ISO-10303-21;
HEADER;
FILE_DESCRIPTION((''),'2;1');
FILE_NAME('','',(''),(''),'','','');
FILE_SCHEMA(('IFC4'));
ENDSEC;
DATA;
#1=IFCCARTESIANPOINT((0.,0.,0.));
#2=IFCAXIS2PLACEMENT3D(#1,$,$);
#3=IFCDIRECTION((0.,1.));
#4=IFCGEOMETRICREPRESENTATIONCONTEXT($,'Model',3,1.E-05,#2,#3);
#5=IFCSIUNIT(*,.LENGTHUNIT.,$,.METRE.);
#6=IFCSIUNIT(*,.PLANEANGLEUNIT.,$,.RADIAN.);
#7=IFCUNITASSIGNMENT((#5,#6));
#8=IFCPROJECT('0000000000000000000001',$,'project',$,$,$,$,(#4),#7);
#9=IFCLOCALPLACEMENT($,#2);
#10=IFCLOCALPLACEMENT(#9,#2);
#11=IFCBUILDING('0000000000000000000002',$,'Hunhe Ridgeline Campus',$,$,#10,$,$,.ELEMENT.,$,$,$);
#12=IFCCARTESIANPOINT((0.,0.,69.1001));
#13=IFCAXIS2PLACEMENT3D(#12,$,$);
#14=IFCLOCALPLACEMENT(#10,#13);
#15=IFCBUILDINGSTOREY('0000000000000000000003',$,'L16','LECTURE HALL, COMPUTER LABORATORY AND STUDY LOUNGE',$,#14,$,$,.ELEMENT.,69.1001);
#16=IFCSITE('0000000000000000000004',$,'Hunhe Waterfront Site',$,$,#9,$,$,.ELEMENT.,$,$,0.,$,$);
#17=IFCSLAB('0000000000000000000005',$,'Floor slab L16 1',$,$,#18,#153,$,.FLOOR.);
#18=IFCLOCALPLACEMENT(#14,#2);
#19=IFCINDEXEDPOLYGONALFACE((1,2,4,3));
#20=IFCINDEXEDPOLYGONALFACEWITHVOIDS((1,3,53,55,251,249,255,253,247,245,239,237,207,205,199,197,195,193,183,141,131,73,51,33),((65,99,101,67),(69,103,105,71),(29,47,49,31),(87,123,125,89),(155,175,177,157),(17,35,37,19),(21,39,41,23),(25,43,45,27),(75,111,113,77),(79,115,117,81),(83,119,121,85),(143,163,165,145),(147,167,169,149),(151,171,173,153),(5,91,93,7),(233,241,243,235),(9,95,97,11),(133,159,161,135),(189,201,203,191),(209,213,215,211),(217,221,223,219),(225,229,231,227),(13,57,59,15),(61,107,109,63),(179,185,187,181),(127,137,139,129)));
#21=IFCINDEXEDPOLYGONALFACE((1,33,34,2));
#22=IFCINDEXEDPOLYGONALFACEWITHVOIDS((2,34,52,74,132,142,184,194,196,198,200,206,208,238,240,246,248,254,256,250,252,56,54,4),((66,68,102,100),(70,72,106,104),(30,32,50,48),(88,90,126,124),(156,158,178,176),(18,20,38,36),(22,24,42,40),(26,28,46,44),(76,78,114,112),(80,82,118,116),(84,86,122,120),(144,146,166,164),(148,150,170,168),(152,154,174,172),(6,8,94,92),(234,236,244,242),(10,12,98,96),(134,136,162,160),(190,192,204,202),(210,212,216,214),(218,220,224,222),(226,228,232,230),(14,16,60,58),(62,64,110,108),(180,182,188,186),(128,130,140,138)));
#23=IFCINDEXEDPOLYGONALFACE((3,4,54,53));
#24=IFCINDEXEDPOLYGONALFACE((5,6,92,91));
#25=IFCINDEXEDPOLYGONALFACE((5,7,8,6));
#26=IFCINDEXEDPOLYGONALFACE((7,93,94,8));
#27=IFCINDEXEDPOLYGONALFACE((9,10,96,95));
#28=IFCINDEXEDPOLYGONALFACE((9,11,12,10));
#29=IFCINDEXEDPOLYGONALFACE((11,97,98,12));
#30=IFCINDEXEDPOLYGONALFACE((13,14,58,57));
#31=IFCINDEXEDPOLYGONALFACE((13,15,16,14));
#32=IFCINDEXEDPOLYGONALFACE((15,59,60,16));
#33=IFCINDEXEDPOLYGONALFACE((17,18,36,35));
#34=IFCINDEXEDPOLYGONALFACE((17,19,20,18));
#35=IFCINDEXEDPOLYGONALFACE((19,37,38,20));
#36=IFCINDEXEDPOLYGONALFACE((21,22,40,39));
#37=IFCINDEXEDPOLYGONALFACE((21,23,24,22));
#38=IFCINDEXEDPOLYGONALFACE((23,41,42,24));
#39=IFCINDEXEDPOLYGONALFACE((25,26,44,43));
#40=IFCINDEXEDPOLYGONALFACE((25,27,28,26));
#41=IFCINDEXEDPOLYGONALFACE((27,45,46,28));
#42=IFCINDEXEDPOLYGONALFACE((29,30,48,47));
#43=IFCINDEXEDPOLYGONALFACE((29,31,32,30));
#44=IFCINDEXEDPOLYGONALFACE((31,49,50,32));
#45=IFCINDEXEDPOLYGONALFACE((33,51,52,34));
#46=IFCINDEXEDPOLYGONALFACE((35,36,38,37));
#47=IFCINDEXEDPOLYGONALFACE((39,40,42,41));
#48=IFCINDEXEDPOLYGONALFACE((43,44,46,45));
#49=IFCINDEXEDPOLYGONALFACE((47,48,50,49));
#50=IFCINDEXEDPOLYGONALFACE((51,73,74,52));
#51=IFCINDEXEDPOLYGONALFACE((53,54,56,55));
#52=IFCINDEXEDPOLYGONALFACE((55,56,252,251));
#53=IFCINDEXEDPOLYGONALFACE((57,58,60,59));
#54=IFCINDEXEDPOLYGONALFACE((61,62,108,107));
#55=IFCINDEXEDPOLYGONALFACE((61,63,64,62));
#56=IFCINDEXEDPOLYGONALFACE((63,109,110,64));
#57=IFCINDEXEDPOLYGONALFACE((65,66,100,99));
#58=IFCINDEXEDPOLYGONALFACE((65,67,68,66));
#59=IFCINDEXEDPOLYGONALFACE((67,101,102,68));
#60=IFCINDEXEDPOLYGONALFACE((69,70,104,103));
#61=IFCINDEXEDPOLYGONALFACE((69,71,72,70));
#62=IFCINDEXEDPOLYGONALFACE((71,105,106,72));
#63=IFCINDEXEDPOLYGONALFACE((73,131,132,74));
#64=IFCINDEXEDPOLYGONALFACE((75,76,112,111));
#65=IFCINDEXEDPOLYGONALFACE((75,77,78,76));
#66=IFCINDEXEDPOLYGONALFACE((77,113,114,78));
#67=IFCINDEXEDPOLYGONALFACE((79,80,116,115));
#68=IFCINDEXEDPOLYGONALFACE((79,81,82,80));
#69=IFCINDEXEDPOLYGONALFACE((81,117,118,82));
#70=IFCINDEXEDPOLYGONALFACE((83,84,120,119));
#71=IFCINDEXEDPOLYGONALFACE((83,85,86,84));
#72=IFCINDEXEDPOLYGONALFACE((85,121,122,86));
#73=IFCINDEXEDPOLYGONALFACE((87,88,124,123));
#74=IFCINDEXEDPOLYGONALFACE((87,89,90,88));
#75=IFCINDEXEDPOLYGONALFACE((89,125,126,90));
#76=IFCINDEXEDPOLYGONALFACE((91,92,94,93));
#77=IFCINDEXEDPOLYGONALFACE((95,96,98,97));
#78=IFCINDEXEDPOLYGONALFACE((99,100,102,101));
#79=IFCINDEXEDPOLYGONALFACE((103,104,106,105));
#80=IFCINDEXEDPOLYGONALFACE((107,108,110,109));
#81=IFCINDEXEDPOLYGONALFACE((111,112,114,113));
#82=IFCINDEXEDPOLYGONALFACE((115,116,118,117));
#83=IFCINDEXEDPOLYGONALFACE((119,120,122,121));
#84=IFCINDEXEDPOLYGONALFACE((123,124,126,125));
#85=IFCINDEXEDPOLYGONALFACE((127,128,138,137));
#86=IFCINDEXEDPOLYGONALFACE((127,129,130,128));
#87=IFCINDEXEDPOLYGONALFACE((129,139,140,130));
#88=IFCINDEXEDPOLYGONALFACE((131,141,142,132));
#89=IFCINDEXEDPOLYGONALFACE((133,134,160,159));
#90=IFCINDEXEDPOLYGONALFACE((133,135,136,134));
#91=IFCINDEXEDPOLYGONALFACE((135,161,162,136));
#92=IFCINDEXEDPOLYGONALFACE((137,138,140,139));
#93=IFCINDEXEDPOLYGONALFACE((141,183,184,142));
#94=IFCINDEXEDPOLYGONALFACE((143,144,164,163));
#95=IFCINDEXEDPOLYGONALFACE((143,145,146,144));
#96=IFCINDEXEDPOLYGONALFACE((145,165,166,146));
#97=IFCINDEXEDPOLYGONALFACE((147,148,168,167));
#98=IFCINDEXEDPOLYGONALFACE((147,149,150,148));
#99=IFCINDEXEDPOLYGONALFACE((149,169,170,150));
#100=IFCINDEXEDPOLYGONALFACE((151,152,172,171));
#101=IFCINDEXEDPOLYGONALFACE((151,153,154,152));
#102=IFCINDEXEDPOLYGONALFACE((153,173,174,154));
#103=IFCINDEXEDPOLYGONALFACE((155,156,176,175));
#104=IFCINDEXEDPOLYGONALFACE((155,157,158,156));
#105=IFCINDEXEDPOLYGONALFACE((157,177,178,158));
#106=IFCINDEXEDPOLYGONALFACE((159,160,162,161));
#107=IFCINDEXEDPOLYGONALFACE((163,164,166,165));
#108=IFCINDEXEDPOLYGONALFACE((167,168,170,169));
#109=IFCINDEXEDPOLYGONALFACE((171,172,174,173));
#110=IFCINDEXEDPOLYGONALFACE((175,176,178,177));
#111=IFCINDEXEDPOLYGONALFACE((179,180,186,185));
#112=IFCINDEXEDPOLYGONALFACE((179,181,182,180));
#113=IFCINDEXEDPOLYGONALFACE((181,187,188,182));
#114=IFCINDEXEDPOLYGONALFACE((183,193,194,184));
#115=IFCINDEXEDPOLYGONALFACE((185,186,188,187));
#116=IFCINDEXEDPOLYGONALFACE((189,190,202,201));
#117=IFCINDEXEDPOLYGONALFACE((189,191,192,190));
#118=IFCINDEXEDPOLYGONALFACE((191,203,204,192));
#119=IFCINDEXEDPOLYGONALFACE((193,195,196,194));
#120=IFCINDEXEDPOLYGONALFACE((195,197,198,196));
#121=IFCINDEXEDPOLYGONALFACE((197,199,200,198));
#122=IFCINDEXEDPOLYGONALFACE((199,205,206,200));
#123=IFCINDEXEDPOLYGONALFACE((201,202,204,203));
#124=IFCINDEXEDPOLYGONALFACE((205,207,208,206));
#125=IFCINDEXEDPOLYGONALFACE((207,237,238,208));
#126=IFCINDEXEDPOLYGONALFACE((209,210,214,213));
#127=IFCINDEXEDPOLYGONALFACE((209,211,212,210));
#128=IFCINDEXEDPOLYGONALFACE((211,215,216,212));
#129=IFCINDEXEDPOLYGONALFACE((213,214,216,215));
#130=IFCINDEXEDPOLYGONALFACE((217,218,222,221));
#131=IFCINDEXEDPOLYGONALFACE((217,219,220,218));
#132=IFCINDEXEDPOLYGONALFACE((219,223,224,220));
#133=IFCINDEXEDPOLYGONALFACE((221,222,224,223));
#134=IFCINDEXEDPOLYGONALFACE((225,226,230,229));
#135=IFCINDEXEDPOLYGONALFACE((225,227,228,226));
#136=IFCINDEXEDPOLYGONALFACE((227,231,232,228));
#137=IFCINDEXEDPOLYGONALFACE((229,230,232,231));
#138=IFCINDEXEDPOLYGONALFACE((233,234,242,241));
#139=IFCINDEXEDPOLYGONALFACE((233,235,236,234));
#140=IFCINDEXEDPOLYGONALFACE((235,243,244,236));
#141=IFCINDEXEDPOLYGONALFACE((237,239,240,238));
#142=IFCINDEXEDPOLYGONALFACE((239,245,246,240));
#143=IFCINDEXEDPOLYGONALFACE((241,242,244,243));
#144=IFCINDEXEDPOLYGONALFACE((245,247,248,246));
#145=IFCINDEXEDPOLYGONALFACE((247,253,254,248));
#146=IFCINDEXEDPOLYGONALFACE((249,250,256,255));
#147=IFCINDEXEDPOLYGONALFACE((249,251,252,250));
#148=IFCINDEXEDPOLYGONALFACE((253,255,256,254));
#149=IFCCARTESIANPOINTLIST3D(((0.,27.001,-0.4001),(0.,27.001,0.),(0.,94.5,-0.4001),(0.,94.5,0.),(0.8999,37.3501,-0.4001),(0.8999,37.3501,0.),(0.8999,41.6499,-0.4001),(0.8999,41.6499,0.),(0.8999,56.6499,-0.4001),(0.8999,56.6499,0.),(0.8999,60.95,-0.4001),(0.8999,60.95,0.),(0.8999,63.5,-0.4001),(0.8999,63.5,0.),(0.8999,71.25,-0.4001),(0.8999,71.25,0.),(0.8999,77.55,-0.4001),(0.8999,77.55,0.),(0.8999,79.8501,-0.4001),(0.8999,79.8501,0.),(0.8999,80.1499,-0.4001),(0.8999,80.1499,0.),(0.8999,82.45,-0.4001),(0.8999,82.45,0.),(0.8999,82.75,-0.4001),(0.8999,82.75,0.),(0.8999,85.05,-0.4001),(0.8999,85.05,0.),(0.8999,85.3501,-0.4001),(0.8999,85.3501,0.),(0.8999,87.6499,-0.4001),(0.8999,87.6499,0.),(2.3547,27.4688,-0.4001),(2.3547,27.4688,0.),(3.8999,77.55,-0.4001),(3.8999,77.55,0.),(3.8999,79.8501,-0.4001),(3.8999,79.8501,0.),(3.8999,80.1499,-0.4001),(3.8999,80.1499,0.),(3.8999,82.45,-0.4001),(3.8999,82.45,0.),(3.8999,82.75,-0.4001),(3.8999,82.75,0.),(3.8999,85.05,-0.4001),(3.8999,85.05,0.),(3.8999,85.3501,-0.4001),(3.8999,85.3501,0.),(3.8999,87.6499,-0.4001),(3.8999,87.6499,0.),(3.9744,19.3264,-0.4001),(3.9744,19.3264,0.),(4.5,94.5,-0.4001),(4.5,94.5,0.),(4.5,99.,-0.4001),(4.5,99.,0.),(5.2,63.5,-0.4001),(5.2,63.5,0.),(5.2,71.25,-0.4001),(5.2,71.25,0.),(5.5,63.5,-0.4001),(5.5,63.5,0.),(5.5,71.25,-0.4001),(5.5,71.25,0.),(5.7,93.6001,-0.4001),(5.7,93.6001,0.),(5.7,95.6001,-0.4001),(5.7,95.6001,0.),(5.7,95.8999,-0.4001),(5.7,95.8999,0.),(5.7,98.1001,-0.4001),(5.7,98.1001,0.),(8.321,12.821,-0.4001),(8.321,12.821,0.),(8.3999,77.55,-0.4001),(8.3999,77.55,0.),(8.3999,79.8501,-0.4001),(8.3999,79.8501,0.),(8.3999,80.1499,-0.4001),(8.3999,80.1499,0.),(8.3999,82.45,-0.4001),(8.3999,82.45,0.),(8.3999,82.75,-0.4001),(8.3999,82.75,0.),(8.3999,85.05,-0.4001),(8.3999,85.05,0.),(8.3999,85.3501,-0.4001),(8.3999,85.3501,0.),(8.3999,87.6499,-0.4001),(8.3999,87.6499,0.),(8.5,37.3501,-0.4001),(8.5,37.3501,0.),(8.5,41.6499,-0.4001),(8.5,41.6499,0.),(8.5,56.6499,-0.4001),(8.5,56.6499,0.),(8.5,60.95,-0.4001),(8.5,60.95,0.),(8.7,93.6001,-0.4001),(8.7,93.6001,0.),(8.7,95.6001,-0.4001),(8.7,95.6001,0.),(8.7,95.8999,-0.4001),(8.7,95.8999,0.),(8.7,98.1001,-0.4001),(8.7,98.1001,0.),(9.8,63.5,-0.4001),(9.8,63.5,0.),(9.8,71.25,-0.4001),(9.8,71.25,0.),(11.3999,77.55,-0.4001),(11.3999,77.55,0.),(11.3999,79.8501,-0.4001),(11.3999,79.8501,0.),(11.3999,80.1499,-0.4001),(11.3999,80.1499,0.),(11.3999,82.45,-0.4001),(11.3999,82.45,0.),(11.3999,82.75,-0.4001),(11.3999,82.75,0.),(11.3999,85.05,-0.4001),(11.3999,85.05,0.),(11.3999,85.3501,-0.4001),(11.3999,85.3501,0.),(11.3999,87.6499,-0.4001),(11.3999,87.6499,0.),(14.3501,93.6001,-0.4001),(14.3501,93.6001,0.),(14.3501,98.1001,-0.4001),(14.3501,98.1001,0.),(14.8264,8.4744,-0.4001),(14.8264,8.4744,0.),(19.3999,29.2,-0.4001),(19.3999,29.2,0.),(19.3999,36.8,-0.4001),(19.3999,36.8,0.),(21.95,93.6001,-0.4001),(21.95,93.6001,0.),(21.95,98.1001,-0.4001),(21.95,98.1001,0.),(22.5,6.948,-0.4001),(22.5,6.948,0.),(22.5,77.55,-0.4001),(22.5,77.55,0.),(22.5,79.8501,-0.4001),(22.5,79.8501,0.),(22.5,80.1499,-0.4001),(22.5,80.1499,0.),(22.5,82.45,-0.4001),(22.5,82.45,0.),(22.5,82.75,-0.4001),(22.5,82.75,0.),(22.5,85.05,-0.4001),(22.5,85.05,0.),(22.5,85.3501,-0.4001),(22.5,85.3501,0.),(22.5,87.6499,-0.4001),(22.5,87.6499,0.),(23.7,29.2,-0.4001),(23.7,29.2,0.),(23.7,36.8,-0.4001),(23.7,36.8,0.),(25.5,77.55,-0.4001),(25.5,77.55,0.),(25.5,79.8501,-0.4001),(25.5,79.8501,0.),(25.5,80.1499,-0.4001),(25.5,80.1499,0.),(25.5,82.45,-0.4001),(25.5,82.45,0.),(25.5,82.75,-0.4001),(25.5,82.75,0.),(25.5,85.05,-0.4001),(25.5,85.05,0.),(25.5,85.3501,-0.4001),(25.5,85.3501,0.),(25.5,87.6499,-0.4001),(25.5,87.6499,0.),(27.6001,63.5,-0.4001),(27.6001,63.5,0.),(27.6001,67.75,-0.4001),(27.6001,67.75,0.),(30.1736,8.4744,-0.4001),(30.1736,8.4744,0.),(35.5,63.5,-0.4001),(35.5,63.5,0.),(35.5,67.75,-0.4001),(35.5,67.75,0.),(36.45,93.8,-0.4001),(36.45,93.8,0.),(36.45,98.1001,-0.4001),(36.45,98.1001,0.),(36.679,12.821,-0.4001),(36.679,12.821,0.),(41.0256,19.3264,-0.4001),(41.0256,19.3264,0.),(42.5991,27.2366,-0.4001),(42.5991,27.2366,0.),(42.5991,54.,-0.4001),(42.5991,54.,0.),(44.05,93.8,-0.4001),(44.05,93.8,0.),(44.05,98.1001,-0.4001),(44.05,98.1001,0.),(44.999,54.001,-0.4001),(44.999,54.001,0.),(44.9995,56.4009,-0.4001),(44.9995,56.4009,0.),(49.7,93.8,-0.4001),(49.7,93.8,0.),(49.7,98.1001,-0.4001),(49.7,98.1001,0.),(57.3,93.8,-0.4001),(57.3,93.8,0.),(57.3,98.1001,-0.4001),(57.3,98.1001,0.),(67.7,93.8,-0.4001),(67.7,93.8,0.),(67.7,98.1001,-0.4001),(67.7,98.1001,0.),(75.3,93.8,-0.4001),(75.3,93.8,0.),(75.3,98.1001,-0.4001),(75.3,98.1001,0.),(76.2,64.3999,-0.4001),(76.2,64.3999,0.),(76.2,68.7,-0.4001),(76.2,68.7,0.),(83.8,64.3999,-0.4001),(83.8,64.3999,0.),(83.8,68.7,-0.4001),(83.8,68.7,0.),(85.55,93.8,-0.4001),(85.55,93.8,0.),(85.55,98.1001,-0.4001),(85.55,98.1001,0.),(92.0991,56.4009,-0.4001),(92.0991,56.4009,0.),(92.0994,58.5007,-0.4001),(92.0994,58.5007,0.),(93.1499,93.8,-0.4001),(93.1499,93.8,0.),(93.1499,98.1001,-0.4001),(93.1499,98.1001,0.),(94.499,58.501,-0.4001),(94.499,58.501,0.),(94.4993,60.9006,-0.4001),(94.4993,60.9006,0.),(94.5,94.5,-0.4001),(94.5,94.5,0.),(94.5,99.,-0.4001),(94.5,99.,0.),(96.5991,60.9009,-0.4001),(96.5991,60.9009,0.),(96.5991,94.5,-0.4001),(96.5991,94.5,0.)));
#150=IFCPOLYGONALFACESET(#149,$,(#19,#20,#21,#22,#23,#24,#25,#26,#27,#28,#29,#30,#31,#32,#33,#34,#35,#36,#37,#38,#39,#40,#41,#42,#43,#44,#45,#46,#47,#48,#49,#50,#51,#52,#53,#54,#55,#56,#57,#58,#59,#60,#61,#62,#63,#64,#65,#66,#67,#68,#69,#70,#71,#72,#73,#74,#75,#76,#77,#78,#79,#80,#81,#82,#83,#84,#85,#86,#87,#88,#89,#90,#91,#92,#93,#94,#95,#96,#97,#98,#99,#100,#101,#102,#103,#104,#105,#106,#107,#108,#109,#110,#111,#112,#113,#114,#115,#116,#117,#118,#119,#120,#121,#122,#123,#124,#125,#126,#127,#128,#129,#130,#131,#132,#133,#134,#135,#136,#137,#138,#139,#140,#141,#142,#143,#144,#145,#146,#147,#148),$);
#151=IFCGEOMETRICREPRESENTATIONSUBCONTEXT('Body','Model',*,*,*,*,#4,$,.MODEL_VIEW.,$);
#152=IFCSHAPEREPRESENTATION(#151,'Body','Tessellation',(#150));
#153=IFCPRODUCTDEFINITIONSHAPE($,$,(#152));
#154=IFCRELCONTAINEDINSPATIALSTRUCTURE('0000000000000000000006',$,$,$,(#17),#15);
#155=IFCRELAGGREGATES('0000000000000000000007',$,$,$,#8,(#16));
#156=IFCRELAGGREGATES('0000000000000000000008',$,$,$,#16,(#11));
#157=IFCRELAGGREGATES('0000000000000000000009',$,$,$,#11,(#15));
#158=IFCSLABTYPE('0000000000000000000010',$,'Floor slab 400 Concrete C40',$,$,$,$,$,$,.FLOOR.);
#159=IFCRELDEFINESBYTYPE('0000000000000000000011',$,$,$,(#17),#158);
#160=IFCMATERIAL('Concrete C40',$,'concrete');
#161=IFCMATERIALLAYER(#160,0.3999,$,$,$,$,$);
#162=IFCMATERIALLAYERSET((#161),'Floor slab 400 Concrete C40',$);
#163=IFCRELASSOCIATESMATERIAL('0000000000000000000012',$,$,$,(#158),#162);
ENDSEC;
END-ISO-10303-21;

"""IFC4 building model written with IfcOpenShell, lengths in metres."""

from ifc_helpers import new_model, si_unit, direction, frame, origin, place, context, subcontext, project, spatial, polyline, outline, extrude, material, layer, layer_set, type_object, element, save


model = new_model("IFC4")

# Units and contexts
model_context = context("Model", 3, precision=1e-05, world=origin(), true_north=direction((0.0, 1.0)))
body_context = subcontext(model_context, "Body", "Model", "MODEL_VIEW")
ifc_project = project(units=[si_unit("LENGTHUNIT", "METRE"), si_unit("PLANEANGLEUNIT", "RADIAN")], contexts=[model_context])

# Site, building, storey
site_placement = place(None, origin())
site = spatial("IfcSite", under=ifc_project, at=site_placement, Name="Hunhe Waterfront Site", CompositionType="ELEMENT", RefElevation=0.0)
building_placement = place(site_placement, origin())
building = spatial("IfcBuilding", under=site, at=building_placement, Name="Hunhe Ridgeline Campus", CompositionType="ELEMENT")
storey_placement = place(building_placement, frame((0.0, 0.0, 69.1001)))
storey = spatial("IfcBuildingStorey", under=building, at=storey_placement, Name="L16", Description="LECTURE HALL, COMPUTER LABORATORY AND STUDY LOUNGE", CompositionType="ELEMENT", Elevation=69.1001)

# Slab
ifc_material_1 = material(Name="Concrete C40", Category="concrete")
ifc_layer_1 = layer(ifc_material_1, 0.3999)
ifc_layer_set_1 = layer_set([ifc_layer_1], Name="Floor slab 400 Concrete C40")
slab_type_1 = type_object("IfcSlabType", Name="Floor slab 400 Concrete C40", PredefinedType="FLOOR", material=ifc_layer_set_1)
slab_1_placement = place(storey_placement, frame((0.0, 0.0, -0.4001)))
element("IfcSlab", 1, at=slab_1_placement, inside=storey, type_object=slab_type_1, Name="Floor slab L16 1", PredefinedType="FLOOR", context=body_context, shape_type="SweptSolid", body=[
    extrude(outline(polyline([(4.5, 94.5), (0.0, 94.5), (0.0, 27.001), (2.3547, 27.4688), (3.9744, 19.3264), (8.321, 12.821), (14.8264, 8.4744), (22.5, 6.948), (30.1736, 8.4744), (36.679, 12.821), (41.0256, 19.3264), (42.5991, 27.2366), (42.5991, 54.0), (44.999, 54.001), (44.9995, 56.4009), (92.0991, 56.4009), (92.0994, 58.5007), (94.499, 58.501), (94.4993, 60.9006), (96.5991, 60.9009), (96.5991, 94.5), (94.5, 94.5), (94.5, 99.0), (4.5, 99.0), (4.5, 94.5)]), holes=[polyline([(93.1499, 93.8), (93.1499, 98.1001), (85.55, 98.1001), (85.55, 93.8), (93.1499, 93.8)]), polyline([(76.2, 68.7), (76.2, 64.3999), (83.8, 64.3999), (83.8, 68.7), (76.2, 68.7)]), polyline([(75.3, 98.1001), (67.7, 98.1001), (67.7, 93.8), (75.3, 93.8), (75.3, 98.1001)]), polyline([(49.7, 98.1001), (49.7, 93.8), (57.3, 93.8), (57.3, 98.1001), (49.7, 98.1001)]), polyline([(36.45, 93.8), (44.05, 93.8), (44.05, 98.1001), (36.45, 98.1001), (36.45, 93.8)]), polyline([(35.5, 63.5), (35.5, 67.75), (27.6001, 67.75), (27.6001, 63.5), (35.5, 63.5)]), polyline([(25.5, 80.1499), (25.5, 82.45), (22.5, 82.45), (22.5, 80.1499), (25.5, 80.1499)]), polyline([(25.5, 79.8501), (22.5, 79.8501), (22.5, 77.55), (25.5, 77.55), (25.5, 79.8501)]), polyline([(22.5, 87.6499), (22.5, 85.3501), (25.5, 85.3501), (25.5, 87.6499), (22.5, 87.6499)]), polyline([(22.5, 82.75), (25.5, 82.75), (25.5, 85.05), (22.5, 85.05), (22.5, 82.75)]), polyline([(23.7, 29.2), (23.7, 36.8), (19.3999, 36.8), (19.3999, 29.2), (23.7, 29.2)]), polyline([(14.3501, 93.6001), (21.95, 93.6001), (21.95, 98.1001), (14.3501, 98.1001), (14.3501, 93.6001)]), polyline([(11.3999, 79.8501), (8.3999, 79.8501), (8.3999, 77.55), (11.3999, 77.55), (11.3999, 79.8501)]), polyline([(11.3999, 80.1499), (11.3999, 82.45), (8.3999, 82.45), (8.3999, 80.1499), (11.3999, 80.1499)]), polyline([(8.3999, 87.6499), (8.3999, 85.3501), (11.3999, 85.3501), (11.3999, 87.6499), (8.3999, 87.6499)]), polyline([(8.3999, 82.75), (11.3999, 82.75), (11.3999, 85.05), (8.3999, 85.05), (8.3999, 82.75)]), polyline([(9.8, 71.25), (5.5, 71.25), (5.5, 63.5), (9.8, 63.5), (9.8, 71.25)]), polyline([(8.7, 95.8999), (8.7, 98.1001), (5.7, 98.1001), (5.7, 95.8999), (8.7, 95.8999)]), polyline([(8.7, 95.6001), (5.7, 95.6001), (5.7, 93.6001), (8.7, 93.6001), (8.7, 95.6001)]), polyline([(0.8999, 37.3501), (8.5, 37.3501), (8.5, 41.6499), (0.8999, 41.6499), (0.8999, 37.3501)]), polyline([(0.8999, 60.95), (0.8999, 56.6499), (8.5, 56.6499), (8.5, 60.95), (0.8999, 60.95)]), polyline([(0.8999, 71.25), (0.8999, 63.5), (5.2, 63.5), (5.2, 71.25), (0.8999, 71.25)]), polyline([(3.8999, 80.1499), (3.8999, 82.45), (0.8999, 82.45), (0.8999, 80.1499), (3.8999, 80.1499)]), polyline([(3.8999, 79.8501), (0.8999, 79.8501), (0.8999, 77.55), (3.8999, 77.55), (3.8999, 79.8501)]), polyline([(0.8999, 87.6499), (0.8999, 85.3501), (3.8999, 85.3501), (3.8999, 87.6499), (0.8999, 87.6499)]), polyline([(0.8999, 82.75), (3.8999, 82.75), (3.8999, 85.05), (0.8999, 85.05), (0.8999, 82.75)])]), origin(), (0.0, 0.0, 1.0), 0.4001),
])

save(model, "model.ifc")
